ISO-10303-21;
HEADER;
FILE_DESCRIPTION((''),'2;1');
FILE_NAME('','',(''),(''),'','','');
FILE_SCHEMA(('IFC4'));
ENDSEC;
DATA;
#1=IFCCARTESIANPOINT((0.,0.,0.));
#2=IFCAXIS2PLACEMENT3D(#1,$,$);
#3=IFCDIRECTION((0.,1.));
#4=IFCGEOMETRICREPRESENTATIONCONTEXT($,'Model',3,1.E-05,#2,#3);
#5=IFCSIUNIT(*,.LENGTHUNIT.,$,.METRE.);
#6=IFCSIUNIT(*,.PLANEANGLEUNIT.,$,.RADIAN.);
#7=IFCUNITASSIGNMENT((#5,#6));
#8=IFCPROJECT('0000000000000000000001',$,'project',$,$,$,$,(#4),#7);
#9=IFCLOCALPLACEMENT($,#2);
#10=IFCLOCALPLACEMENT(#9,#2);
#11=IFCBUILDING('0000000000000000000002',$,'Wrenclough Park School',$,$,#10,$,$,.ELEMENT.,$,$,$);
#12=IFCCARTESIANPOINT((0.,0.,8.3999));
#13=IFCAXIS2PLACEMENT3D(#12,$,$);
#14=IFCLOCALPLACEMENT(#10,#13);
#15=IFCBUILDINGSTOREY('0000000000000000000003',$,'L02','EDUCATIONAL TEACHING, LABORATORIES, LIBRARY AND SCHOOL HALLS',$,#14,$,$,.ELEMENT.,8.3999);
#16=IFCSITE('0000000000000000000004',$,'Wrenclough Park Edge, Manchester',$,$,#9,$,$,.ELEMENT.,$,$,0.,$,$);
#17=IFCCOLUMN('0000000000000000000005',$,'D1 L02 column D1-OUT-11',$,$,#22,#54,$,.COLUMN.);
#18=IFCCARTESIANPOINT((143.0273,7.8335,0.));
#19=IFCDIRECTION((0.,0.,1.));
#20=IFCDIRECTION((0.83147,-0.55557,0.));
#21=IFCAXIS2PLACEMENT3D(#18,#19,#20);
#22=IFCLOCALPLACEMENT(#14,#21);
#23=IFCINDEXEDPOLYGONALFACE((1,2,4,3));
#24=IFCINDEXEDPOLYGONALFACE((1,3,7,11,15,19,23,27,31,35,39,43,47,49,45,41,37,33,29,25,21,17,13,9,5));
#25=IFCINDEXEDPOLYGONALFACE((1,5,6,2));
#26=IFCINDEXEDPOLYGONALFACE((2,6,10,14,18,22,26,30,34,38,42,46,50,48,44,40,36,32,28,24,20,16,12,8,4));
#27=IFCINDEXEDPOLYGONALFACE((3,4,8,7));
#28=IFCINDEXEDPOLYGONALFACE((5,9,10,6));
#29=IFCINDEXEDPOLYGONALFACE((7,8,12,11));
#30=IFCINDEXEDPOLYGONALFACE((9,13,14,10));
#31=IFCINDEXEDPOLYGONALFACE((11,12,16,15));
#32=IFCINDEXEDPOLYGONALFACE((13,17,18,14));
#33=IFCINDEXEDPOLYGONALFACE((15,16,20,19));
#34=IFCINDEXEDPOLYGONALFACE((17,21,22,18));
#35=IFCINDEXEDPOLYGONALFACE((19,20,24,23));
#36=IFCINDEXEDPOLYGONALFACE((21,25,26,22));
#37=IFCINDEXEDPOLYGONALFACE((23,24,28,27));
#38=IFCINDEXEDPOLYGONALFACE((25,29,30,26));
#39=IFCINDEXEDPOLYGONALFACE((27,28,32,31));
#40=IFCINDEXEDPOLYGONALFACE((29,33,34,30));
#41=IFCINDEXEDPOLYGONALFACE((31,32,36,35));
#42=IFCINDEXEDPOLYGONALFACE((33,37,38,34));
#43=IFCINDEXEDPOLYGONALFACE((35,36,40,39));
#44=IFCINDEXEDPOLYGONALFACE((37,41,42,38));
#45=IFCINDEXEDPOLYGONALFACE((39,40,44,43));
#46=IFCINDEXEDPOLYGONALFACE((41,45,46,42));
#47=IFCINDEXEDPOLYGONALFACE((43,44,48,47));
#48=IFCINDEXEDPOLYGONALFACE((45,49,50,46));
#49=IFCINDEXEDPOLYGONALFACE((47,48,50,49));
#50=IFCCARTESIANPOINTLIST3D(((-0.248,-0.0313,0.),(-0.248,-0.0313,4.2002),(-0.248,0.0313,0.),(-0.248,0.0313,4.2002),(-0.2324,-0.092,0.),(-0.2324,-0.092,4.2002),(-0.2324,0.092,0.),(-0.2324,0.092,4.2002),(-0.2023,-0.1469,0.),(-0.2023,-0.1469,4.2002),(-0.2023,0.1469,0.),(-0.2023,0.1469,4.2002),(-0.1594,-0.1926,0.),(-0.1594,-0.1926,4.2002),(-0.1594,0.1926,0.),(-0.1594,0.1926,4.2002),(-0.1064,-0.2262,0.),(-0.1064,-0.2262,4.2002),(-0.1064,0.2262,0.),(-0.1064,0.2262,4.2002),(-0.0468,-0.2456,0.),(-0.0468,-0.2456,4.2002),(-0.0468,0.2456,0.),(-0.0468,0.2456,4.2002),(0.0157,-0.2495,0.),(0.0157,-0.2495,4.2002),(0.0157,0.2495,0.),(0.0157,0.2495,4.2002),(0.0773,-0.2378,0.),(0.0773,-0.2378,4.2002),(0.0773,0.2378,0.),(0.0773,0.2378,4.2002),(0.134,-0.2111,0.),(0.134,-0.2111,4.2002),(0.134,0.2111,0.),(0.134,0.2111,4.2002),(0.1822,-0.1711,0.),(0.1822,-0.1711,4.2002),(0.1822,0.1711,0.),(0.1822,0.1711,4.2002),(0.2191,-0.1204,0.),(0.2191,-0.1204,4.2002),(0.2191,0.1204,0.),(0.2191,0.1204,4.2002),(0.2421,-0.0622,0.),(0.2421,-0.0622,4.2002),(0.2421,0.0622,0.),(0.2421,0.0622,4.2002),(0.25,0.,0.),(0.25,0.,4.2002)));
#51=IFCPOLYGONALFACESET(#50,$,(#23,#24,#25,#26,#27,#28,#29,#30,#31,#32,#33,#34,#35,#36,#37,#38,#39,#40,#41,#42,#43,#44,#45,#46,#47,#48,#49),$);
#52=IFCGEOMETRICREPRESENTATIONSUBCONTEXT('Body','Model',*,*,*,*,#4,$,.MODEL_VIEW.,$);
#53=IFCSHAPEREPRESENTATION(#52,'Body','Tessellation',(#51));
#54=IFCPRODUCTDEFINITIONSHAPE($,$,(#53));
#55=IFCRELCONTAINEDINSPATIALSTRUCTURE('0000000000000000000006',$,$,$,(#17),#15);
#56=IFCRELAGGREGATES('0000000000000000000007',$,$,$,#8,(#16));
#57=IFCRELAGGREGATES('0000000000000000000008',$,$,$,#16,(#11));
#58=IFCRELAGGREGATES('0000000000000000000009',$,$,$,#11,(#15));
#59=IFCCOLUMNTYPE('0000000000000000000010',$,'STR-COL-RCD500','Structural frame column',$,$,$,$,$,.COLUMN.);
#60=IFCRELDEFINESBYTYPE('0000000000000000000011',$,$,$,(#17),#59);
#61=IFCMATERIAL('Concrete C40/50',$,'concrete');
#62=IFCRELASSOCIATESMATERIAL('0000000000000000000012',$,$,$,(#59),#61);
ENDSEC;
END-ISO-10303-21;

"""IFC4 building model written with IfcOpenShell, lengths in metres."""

from ifc_helpers import new_model, si_unit, direction, frame, origin, origin_2d, place, context, subcontext, project, spatial, circle, extrude, material, material_profile, profile_set, type_object, element, save


model = new_model("IFC4")

# Units and contexts
model_context = context("Model", 3, precision=1e-05, world=origin(), true_north=direction((0.0, 1.0)))
body_context = subcontext(model_context, "Body", "Model", "MODEL_VIEW")
ifc_project = project(units=[si_unit("LENGTHUNIT", "METRE"), si_unit("PLANEANGLEUNIT", "RADIAN")], contexts=[model_context])

# Site, building, storey
site_placement = place(None, origin())
site = spatial("IfcSite", under=ifc_project, at=site_placement, Name="Wrenclough Park Edge, Manchester", CompositionType="ELEMENT", RefElevation=0.0)
building_placement = place(site_placement, origin())
building = spatial("IfcBuilding", under=site, at=building_placement, Name="Wrenclough Park School", CompositionType="ELEMENT")
storey_placement = place(building_placement, frame((0.0, 0.0, 8.3999)))
storey = spatial("IfcBuildingStorey", under=building, at=storey_placement, Name="L02", Description="EDUCATIONAL TEACHING, LABORATORIES, LIBRARY AND SCHOOL HALLS", CompositionType="ELEMENT", Elevation=8.3999)

# Column
ifc_material_1 = material(Name="Concrete C40/50", Category="concrete")
ifc_material_profile_1 = material_profile(ifc_material_1, circle(Radius=0.25, at=origin_2d()), Name="RC COL D500")
ifc_profile_set_1 = profile_set([ifc_material_profile_1], Name="Concrete C40/50")
column_type = type_object("IfcColumnType", Name="STR-COL-RCD500", Description="Structural frame column", PredefinedType="COLUMN", material=ifc_profile_set_1)
for number, where, z_axis, x_axis, name in (
    (1, (143.0273, 7.8335, 0.0), (0.0, 0.0, 1.0), (0.83147, -0.55557, 0.0), "D1 L02 column D1-OUT-11"),
):
    element("IfcColumn", number, at=place(storey_placement, frame(where, z_axis=z_axis, x_axis=x_axis)), inside=storey, type_object=column_type, Name=name, PredefinedType="COLUMN", context=body_context, shape_type="SweptSolid", body=[
        extrude(circle(Radius=0.25, at=origin_2d()), origin(), (0.0, 0.0, 1.0), 4.2002),
    ])

save(model, "model.ifc")
